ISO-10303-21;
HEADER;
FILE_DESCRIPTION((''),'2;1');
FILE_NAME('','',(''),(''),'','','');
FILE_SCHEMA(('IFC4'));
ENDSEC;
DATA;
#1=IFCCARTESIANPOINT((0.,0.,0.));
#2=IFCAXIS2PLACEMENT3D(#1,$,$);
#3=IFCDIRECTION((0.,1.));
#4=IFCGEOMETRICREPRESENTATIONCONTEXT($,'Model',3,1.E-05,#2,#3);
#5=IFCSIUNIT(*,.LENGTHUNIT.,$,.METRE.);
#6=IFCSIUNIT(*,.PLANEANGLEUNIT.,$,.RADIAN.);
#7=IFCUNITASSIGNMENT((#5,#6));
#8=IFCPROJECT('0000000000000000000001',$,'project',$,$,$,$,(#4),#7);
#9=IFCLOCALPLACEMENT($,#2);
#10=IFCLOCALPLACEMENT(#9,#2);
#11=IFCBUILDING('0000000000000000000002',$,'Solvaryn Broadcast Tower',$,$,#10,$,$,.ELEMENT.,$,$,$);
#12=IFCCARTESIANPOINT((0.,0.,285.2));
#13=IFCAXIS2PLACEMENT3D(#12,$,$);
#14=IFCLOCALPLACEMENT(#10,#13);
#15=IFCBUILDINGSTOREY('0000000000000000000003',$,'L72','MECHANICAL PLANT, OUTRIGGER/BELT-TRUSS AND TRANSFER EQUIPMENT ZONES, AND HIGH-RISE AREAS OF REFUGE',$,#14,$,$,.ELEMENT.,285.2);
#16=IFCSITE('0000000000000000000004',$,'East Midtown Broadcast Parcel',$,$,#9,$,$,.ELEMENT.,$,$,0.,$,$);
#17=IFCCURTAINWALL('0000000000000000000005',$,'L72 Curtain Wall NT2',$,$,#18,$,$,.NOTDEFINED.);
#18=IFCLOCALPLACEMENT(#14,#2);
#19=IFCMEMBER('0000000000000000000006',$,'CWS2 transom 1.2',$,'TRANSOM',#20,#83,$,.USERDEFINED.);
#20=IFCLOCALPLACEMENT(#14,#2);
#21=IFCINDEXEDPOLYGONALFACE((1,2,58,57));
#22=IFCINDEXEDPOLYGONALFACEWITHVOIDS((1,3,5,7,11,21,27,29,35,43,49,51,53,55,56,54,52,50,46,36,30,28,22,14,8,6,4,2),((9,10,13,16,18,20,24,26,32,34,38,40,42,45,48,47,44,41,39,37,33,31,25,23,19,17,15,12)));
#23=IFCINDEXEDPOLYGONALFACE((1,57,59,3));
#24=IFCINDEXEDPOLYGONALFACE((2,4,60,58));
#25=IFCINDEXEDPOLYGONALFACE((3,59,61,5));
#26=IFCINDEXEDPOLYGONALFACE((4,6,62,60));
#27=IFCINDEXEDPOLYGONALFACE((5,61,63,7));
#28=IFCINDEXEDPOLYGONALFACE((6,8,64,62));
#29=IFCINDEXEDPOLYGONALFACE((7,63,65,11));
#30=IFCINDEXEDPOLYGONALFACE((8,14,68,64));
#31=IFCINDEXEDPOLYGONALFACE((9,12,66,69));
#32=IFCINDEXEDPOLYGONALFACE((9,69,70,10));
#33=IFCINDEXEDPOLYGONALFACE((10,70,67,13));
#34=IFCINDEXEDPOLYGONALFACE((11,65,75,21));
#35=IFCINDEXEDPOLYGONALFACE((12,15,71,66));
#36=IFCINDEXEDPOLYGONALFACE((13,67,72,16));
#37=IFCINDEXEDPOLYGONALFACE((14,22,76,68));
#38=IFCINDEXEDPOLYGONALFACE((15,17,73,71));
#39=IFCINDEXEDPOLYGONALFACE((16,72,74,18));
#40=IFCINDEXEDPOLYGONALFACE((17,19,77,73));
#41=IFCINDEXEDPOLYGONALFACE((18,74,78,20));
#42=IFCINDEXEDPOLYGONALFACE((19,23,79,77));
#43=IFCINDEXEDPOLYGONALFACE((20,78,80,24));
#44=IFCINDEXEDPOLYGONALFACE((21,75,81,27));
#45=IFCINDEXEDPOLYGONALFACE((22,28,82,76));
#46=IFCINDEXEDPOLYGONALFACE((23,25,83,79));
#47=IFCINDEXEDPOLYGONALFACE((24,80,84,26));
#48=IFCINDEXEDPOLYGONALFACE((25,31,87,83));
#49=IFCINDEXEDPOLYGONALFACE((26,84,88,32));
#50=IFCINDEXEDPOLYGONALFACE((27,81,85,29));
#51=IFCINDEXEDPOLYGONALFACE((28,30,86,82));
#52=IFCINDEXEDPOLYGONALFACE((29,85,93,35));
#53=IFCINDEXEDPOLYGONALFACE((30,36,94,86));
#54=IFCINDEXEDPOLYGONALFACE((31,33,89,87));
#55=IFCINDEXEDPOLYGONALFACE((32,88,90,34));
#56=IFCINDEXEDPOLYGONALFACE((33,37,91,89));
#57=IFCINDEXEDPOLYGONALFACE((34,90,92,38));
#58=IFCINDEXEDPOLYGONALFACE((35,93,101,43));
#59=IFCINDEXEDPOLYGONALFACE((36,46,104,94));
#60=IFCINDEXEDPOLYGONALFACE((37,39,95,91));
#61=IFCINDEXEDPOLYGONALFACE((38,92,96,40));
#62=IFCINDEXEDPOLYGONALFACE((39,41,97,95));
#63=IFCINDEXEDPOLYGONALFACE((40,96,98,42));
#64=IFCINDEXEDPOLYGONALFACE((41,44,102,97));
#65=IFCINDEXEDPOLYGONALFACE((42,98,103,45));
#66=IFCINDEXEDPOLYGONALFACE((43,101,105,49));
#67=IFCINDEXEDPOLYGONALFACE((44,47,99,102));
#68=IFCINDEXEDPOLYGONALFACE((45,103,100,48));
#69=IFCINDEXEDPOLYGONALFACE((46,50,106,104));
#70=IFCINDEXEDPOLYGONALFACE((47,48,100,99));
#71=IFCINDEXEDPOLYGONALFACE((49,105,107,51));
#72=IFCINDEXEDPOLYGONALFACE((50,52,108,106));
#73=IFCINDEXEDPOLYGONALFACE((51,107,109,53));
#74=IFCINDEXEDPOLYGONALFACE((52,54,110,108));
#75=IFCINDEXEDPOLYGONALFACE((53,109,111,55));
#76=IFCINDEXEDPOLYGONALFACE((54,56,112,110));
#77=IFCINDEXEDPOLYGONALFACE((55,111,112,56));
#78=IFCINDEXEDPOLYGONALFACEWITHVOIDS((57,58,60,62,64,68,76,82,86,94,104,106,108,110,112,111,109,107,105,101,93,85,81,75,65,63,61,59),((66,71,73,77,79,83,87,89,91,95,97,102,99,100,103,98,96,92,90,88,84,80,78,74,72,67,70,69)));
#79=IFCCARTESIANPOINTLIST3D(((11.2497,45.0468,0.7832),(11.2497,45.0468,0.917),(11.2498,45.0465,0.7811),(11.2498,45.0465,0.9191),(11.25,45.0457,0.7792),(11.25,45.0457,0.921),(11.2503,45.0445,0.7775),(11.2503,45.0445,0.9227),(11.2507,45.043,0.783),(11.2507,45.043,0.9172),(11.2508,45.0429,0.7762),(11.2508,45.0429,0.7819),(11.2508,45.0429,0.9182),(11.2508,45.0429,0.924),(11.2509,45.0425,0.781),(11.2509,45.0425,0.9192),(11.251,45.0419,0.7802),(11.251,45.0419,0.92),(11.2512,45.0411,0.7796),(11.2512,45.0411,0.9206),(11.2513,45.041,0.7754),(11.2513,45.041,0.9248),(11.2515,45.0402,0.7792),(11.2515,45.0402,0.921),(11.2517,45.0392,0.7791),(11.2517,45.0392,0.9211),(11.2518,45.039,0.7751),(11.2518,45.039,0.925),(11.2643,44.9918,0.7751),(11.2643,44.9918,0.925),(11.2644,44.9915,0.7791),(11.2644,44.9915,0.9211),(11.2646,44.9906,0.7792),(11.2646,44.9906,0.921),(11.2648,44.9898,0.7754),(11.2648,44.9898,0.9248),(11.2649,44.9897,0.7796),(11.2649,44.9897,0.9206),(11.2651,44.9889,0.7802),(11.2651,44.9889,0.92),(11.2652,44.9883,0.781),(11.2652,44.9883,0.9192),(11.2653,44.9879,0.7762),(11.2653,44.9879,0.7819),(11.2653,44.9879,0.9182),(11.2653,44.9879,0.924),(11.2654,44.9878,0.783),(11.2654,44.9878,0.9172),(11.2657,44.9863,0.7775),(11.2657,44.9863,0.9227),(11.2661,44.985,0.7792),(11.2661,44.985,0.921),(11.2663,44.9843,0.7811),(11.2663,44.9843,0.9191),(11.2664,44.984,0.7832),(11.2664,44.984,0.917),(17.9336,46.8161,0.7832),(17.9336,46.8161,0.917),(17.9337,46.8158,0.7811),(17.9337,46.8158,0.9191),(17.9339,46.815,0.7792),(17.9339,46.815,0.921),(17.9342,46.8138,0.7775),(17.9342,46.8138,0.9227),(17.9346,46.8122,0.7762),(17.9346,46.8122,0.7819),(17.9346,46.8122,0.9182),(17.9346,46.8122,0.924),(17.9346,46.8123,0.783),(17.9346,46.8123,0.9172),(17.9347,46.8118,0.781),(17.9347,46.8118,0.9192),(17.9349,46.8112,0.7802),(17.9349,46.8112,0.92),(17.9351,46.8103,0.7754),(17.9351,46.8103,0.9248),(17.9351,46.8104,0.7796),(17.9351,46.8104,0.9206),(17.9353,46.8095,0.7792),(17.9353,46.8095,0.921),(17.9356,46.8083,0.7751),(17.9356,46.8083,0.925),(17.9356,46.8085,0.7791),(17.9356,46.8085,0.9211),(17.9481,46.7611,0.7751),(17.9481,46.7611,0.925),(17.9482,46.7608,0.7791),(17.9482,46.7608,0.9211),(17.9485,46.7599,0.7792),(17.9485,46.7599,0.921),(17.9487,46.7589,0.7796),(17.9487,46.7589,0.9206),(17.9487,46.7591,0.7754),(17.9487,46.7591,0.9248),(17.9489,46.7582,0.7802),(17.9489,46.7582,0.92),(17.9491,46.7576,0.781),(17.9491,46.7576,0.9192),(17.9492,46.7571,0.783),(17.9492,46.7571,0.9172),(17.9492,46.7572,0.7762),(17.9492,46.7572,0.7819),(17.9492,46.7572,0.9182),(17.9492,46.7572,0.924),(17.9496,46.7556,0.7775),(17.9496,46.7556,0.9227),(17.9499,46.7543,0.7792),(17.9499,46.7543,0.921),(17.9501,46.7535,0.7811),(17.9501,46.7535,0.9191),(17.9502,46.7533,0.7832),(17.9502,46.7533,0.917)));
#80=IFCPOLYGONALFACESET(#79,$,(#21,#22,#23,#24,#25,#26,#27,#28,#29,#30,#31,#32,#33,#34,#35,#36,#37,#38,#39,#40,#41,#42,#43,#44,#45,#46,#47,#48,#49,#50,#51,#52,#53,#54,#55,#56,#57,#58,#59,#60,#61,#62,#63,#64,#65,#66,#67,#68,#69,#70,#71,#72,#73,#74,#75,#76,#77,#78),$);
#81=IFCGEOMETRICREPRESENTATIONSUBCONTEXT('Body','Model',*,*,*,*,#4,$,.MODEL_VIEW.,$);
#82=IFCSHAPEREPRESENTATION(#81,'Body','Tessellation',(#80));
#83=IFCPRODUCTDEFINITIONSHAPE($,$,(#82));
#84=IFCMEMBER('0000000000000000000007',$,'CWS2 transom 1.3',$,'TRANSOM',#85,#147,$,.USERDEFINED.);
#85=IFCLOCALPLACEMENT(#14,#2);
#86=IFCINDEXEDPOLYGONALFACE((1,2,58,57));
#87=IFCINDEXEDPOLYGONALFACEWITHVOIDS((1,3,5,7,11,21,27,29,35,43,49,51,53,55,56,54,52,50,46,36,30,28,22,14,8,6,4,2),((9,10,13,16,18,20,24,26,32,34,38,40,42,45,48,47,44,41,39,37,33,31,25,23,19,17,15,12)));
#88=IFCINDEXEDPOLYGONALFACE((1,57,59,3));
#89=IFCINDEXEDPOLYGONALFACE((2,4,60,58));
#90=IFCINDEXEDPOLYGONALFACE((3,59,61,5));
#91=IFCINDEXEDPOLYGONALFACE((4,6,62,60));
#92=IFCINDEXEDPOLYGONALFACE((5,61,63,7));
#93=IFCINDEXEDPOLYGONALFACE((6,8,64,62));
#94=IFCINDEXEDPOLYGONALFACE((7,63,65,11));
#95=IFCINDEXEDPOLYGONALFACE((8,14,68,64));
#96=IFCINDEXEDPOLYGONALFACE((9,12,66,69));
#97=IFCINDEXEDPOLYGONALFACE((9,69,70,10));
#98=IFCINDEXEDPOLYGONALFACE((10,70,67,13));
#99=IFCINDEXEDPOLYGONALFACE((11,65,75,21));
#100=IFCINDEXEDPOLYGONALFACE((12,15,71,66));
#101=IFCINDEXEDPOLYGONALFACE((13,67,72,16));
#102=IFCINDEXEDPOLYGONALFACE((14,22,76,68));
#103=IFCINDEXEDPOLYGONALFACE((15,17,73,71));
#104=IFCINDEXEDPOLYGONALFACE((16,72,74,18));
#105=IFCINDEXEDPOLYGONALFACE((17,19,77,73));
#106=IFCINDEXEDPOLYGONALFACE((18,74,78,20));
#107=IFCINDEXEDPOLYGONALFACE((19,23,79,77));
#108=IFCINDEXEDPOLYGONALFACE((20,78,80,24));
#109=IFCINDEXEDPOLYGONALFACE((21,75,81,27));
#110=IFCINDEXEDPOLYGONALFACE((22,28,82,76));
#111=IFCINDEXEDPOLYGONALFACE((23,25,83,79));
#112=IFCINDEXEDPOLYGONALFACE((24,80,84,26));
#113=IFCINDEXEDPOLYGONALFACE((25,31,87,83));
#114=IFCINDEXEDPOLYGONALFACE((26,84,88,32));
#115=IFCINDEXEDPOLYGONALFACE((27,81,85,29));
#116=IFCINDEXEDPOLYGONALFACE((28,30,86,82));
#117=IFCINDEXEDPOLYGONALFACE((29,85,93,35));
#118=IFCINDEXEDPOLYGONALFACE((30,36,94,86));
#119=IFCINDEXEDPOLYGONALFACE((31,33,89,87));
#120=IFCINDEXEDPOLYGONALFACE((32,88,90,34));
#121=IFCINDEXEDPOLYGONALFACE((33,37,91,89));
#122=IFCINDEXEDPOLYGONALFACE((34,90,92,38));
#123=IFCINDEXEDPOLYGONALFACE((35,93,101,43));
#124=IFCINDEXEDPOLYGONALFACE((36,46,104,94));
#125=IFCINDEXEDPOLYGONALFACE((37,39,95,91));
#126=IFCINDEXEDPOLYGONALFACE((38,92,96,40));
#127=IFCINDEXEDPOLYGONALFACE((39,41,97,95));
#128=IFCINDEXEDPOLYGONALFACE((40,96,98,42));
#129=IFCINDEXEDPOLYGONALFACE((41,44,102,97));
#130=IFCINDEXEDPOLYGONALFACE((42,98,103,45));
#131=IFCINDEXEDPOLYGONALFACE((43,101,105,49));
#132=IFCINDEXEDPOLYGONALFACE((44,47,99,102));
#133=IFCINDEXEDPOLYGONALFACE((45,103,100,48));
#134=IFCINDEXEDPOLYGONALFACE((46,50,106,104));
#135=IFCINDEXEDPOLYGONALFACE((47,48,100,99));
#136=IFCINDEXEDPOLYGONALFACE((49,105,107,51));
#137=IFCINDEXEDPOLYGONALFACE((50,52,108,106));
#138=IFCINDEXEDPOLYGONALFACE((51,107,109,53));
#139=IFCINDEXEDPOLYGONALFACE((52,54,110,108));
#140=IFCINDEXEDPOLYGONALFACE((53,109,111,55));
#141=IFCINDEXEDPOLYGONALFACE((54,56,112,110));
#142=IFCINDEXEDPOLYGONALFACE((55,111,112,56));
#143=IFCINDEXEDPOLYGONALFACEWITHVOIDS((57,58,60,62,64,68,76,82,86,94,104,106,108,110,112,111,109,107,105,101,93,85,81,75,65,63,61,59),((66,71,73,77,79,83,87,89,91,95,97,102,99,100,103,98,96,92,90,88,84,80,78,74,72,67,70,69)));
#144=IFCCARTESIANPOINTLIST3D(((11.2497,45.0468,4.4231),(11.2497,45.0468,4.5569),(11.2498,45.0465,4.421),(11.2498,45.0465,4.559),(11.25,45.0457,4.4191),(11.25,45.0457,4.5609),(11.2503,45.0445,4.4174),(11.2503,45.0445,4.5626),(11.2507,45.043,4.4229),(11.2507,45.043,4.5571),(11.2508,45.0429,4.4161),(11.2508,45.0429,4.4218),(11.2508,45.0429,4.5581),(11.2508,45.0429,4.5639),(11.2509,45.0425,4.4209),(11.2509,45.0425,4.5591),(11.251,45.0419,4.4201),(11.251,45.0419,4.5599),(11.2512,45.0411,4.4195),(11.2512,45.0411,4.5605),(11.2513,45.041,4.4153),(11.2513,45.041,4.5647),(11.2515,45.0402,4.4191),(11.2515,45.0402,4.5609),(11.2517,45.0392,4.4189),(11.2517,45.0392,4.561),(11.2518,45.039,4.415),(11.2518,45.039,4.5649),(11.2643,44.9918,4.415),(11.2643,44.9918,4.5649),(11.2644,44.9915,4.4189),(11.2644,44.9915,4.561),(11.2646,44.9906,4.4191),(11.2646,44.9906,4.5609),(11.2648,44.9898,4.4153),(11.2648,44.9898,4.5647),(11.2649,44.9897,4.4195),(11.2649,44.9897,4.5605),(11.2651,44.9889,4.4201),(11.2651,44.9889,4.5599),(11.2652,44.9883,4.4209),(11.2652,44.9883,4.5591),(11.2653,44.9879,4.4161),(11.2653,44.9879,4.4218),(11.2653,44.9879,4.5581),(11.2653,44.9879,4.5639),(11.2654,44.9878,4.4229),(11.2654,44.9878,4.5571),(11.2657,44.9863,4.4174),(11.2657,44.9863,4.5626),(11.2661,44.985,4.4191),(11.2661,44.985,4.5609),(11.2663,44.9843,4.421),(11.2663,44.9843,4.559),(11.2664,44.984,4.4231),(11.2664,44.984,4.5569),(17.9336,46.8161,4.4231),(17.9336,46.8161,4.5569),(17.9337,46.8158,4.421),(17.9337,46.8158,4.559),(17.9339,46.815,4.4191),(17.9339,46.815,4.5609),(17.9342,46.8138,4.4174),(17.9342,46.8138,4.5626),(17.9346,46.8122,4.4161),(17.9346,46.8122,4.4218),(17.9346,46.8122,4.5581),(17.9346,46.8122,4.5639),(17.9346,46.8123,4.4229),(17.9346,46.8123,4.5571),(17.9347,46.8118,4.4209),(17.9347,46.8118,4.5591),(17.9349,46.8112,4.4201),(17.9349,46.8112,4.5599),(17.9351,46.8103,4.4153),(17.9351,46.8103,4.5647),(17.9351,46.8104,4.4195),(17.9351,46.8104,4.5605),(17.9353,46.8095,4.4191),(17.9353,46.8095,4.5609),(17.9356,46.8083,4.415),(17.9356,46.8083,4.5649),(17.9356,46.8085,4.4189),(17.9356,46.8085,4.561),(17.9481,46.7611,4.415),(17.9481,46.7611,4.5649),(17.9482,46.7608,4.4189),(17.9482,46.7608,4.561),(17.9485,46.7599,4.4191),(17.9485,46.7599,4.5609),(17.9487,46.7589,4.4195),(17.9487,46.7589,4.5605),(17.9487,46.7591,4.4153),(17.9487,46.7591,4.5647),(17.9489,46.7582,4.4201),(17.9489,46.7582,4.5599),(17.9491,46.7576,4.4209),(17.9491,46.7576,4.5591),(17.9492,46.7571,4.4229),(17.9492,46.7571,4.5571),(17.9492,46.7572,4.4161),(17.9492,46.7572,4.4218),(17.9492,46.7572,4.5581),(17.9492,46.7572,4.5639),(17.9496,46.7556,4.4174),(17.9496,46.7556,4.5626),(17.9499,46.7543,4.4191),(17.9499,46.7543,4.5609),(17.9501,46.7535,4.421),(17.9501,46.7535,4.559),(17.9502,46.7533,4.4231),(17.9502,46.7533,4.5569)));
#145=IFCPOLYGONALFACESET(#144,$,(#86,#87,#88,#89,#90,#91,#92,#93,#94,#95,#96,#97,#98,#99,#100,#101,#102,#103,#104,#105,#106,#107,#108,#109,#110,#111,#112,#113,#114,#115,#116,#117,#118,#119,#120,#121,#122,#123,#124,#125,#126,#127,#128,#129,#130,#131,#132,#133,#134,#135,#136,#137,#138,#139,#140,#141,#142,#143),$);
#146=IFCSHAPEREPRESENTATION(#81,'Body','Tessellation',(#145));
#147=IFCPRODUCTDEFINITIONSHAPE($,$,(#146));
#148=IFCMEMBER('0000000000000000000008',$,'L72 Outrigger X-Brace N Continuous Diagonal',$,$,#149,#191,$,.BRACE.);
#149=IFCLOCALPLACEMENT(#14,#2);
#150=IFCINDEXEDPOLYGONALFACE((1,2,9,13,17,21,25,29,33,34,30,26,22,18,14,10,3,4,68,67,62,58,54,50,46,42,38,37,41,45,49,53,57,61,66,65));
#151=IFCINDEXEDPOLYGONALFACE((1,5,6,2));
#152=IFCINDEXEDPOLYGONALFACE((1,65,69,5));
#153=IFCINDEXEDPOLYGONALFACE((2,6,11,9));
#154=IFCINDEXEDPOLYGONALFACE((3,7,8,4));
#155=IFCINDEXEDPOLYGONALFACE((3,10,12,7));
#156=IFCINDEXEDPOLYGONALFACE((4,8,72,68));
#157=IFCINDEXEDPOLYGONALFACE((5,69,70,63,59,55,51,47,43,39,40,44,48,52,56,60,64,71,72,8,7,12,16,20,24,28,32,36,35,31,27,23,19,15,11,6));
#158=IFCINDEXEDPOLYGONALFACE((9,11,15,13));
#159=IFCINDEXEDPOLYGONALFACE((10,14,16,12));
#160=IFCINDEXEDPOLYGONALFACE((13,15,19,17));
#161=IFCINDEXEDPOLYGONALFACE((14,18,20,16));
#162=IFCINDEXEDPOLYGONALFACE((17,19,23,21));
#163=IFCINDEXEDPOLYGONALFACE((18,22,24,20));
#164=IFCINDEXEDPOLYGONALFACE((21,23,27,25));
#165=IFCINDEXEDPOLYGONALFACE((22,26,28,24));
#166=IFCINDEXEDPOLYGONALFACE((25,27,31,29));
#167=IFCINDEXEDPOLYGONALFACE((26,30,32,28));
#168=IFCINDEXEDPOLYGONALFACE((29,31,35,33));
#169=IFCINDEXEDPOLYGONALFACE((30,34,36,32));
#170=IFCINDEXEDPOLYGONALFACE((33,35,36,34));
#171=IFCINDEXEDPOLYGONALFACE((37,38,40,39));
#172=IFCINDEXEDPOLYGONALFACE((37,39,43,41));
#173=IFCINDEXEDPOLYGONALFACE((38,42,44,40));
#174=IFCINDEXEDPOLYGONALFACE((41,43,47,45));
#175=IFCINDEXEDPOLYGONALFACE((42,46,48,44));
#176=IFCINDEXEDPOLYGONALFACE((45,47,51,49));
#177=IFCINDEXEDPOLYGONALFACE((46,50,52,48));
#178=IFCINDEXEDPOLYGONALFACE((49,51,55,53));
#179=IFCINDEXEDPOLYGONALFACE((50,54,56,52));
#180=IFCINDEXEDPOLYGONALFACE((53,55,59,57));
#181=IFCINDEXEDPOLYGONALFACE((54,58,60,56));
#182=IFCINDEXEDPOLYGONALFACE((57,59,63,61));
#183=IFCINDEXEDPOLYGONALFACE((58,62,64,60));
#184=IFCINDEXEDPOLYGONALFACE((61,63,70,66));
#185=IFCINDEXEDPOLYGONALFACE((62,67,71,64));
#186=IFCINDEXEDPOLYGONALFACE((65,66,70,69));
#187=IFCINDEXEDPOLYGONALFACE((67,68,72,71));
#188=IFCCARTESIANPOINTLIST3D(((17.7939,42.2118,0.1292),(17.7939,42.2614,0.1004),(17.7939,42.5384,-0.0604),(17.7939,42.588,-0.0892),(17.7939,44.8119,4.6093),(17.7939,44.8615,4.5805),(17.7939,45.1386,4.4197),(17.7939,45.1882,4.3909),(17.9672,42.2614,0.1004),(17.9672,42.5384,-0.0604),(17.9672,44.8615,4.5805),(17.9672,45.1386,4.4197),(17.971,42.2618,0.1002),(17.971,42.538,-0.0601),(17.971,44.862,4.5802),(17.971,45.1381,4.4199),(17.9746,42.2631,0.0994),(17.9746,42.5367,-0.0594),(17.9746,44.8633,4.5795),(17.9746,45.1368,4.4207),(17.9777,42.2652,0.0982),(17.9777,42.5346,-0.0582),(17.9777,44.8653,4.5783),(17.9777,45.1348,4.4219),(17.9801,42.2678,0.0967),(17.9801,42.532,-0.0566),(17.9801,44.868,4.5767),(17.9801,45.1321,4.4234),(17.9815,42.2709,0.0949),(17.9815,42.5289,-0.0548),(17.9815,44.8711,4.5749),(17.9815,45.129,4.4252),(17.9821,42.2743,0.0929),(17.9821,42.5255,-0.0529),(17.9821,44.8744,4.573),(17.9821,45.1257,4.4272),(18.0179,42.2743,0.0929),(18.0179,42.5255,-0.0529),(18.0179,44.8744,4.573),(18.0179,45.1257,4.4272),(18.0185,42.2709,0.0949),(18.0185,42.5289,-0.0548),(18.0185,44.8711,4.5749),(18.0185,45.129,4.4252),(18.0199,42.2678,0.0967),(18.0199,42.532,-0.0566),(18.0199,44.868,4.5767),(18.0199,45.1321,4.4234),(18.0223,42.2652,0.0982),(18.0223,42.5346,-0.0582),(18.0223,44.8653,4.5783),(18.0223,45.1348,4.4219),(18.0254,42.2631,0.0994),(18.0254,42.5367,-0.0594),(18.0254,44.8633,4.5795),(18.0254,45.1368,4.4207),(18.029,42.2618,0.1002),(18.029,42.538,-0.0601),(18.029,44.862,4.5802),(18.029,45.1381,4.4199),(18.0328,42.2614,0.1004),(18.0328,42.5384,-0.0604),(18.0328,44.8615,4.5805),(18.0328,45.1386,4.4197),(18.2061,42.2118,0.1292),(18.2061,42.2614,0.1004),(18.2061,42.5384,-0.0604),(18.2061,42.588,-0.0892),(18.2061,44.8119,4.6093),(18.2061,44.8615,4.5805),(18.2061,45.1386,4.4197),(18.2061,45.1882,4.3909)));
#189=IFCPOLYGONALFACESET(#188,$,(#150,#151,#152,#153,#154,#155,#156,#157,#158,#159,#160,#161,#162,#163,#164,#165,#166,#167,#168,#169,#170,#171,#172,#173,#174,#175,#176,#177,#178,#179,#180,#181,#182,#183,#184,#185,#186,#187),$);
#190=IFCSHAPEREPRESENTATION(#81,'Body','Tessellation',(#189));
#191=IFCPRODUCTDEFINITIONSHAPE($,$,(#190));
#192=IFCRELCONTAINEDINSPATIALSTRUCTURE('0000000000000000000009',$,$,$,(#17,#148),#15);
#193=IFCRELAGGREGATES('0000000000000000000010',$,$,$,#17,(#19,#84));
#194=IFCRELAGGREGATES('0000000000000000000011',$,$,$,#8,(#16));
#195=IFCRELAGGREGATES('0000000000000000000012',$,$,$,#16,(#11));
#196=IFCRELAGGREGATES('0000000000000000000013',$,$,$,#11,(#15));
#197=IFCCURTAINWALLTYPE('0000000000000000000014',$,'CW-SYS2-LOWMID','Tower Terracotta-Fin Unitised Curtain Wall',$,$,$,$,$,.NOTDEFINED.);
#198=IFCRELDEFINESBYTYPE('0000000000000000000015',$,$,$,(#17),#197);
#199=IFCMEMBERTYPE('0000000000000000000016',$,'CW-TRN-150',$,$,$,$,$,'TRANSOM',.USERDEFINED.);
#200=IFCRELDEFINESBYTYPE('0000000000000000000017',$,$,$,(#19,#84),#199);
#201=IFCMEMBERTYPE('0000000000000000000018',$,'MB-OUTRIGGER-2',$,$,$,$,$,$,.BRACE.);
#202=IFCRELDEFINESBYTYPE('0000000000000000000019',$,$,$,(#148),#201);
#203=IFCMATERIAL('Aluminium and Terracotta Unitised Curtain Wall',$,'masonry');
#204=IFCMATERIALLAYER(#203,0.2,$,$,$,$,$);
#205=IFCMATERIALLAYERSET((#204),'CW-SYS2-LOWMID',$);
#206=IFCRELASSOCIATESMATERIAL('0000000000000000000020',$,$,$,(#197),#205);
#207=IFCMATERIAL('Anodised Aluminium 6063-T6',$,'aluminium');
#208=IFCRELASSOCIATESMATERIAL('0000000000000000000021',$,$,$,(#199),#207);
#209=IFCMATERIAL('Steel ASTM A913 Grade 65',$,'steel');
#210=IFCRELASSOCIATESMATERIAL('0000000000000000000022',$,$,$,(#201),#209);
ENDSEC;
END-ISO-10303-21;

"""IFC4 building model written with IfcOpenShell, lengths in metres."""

from ifc_helpers import new_model, si_unit, direction, frame, origin, origin_2d, place, context, subcontext, project, spatial, hollow_rectangle, i_section, extrude, material, layer, layer_set, material_profile, profile_set, type_object, element, aggregate, save


model = new_model("IFC4")

# Units and contexts
model_context = context("Model", 3, precision=1e-05, world=origin(), true_north=direction((0.0, 1.0)))
body_context = subcontext(model_context, "Body", "Model", "MODEL_VIEW")
ifc_project = project(units=[si_unit("LENGTHUNIT", "METRE"), si_unit("PLANEANGLEUNIT", "RADIAN")], contexts=[model_context])

# Site, building, storey
site_placement = place(None, origin())
site = spatial("IfcSite", under=ifc_project, at=site_placement, Name="East Midtown Broadcast Parcel", CompositionType="ELEMENT", RefElevation=0.0)
building_placement = place(site_placement, origin())
building = spatial("IfcBuilding", under=site, at=building_placement, Name="Solvaryn Broadcast Tower", CompositionType="ELEMENT")
storey_placement = place(building_placement, frame((0.0, 0.0, 285.2)))
storey = spatial("IfcBuildingStorey", under=building, at=storey_placement, Name="L72", Description="MECHANICAL PLANT, OUTRIGGER/BELT-TRUSS AND TRANSFER EQUIPMENT ZONES, AND HIGH-RISE AREAS OF REFUGE", CompositionType="ELEMENT", Elevation=285.2)

# Shared definitions
ifc_material_1 = material(Name="Aluminium and Terracotta Unitised Curtain Wall", Category="masonry")
ifc_layer_1 = layer(ifc_material_1, 0.2)
ifc_layer_set_1 = layer_set([ifc_layer_1], Name="CW-SYS2-LOWMID")
curtain_wall_type = type_object("IfcCurtainWallType", Name="CW-SYS2-LOWMID", Description="Tower Terracotta-Fin Unitised Curtain Wall", PredefinedType="NOTDEFINED", material=ifc_layer_set_1)

# Curtain wall, members
curtain_wall_1_placement = place(storey_placement, origin())
curtain_wall_1 = element("IfcCurtainWall", 1, at=curtain_wall_1_placement, inside=storey, type_object=curtain_wall_type, Name="L72 Curtain Wall NT2", PredefinedType="NOTDEFINED")
ifc_material_2 = material(Name="Anodised Aluminium 6063-T6", Category="aluminium")
ifc_material_profile_1 = material_profile(ifc_material_2, hollow_rectangle(XDim=0.0649, YDim=0.1499, WallThickness=0.0039, InnerFilletRadius=0.0039, OuterFilletRadius=0.0081, at=origin_2d()))
ifc_profile_set_1 = profile_set([ifc_material_profile_1], Name="Anodised Aluminium 6063-T6")
member_type_1 = type_object("IfcMemberType", Name="CW-TRN-150", ElementType="TRANSOM", PredefinedType="USERDEFINED", material=ifc_profile_set_1)
member_1_placement = place(storey_placement, frame((17.9419, 46.7847, 0.8501), z_axis=(-0.966704, -0.255897, 0.0), x_axis=(0.255897, -0.966704, 0.0)))
member_1 = element("IfcMember", 2, at=member_1_placement, type_object=member_type_1, Name="CWS2 transom 1.2", ObjectType="TRANSOM", PredefinedType="USERDEFINED", context=body_context, shape_type="SweptSolid", body=[
    extrude(hollow_rectangle(XDim=0.0649, YDim=0.1499, WallThickness=0.0039, InnerFilletRadius=0.0039, OuterFilletRadius=0.0081, at=origin_2d()), origin(), (0.0, 0.0, 1.0), 6.9141),
])
member_2_placement = place(storey_placement, frame((17.9419, 46.7847, 4.49), z_axis=(-0.966704, -0.255897, 0.0), x_axis=(0.255897, -0.966704, 0.0)))
member_2 = element("IfcMember", 3, at=member_2_placement, type_object=member_type_1, Name="CWS2 transom 1.3", ObjectType="TRANSOM", PredefinedType="USERDEFINED", context=body_context, shape_type="SweptSolid", body=[
    extrude(hollow_rectangle(XDim=0.0649, YDim=0.1499, WallThickness=0.0039, InnerFilletRadius=0.0039, OuterFilletRadius=0.0081, at=origin_2d()), origin(), (0.0, 0.0, 1.0), 6.9141),
])
aggregate(curtain_wall_1, [member_1, member_2])

# Member
ifc_material_3 = material(Name="Steel ASTM A913 Grade 65", Category="steel")
ifc_material_profile_2 = material_profile(ifc_material_3, i_section(OverallWidth=0.4121, OverallDepth=0.4351, WebThickness=0.0359, FlangeThickness=0.0574, FilletRadius=0.0149, at=origin_2d()))
ifc_profile_set_2 = profile_set([ifc_material_profile_2], Name="Steel ASTM A913 Grade 65")
member_type_2 = type_object("IfcMemberType", Name="MB-OUTRIGGER-2", PredefinedType="BRACE", material=ifc_profile_set_2)
member_3_placement = place(storey_placement, frame((18.0, 42.3999, 0.02), z_axis=(0.0, 0.501965, 0.864888), x_axis=(-1.0, 0.0, 0.0)))
element("IfcMember", 4, at=member_3_placement, inside=storey, type_object=member_type_2, Name="L72 Outrigger X-Brace N Continuous Diagonal", PredefinedType="BRACE", context=body_context, shape_type="SweptSolid", body=[
    extrude(i_section(OverallWidth=0.4121, OverallDepth=0.4351, WebThickness=0.0359, FlangeThickness=0.0574, FilletRadius=0.0149, at=origin_2d()), origin(), (0.0, 0.0, 1.0), 5.1799),
])

save(model, "model.ifc")
